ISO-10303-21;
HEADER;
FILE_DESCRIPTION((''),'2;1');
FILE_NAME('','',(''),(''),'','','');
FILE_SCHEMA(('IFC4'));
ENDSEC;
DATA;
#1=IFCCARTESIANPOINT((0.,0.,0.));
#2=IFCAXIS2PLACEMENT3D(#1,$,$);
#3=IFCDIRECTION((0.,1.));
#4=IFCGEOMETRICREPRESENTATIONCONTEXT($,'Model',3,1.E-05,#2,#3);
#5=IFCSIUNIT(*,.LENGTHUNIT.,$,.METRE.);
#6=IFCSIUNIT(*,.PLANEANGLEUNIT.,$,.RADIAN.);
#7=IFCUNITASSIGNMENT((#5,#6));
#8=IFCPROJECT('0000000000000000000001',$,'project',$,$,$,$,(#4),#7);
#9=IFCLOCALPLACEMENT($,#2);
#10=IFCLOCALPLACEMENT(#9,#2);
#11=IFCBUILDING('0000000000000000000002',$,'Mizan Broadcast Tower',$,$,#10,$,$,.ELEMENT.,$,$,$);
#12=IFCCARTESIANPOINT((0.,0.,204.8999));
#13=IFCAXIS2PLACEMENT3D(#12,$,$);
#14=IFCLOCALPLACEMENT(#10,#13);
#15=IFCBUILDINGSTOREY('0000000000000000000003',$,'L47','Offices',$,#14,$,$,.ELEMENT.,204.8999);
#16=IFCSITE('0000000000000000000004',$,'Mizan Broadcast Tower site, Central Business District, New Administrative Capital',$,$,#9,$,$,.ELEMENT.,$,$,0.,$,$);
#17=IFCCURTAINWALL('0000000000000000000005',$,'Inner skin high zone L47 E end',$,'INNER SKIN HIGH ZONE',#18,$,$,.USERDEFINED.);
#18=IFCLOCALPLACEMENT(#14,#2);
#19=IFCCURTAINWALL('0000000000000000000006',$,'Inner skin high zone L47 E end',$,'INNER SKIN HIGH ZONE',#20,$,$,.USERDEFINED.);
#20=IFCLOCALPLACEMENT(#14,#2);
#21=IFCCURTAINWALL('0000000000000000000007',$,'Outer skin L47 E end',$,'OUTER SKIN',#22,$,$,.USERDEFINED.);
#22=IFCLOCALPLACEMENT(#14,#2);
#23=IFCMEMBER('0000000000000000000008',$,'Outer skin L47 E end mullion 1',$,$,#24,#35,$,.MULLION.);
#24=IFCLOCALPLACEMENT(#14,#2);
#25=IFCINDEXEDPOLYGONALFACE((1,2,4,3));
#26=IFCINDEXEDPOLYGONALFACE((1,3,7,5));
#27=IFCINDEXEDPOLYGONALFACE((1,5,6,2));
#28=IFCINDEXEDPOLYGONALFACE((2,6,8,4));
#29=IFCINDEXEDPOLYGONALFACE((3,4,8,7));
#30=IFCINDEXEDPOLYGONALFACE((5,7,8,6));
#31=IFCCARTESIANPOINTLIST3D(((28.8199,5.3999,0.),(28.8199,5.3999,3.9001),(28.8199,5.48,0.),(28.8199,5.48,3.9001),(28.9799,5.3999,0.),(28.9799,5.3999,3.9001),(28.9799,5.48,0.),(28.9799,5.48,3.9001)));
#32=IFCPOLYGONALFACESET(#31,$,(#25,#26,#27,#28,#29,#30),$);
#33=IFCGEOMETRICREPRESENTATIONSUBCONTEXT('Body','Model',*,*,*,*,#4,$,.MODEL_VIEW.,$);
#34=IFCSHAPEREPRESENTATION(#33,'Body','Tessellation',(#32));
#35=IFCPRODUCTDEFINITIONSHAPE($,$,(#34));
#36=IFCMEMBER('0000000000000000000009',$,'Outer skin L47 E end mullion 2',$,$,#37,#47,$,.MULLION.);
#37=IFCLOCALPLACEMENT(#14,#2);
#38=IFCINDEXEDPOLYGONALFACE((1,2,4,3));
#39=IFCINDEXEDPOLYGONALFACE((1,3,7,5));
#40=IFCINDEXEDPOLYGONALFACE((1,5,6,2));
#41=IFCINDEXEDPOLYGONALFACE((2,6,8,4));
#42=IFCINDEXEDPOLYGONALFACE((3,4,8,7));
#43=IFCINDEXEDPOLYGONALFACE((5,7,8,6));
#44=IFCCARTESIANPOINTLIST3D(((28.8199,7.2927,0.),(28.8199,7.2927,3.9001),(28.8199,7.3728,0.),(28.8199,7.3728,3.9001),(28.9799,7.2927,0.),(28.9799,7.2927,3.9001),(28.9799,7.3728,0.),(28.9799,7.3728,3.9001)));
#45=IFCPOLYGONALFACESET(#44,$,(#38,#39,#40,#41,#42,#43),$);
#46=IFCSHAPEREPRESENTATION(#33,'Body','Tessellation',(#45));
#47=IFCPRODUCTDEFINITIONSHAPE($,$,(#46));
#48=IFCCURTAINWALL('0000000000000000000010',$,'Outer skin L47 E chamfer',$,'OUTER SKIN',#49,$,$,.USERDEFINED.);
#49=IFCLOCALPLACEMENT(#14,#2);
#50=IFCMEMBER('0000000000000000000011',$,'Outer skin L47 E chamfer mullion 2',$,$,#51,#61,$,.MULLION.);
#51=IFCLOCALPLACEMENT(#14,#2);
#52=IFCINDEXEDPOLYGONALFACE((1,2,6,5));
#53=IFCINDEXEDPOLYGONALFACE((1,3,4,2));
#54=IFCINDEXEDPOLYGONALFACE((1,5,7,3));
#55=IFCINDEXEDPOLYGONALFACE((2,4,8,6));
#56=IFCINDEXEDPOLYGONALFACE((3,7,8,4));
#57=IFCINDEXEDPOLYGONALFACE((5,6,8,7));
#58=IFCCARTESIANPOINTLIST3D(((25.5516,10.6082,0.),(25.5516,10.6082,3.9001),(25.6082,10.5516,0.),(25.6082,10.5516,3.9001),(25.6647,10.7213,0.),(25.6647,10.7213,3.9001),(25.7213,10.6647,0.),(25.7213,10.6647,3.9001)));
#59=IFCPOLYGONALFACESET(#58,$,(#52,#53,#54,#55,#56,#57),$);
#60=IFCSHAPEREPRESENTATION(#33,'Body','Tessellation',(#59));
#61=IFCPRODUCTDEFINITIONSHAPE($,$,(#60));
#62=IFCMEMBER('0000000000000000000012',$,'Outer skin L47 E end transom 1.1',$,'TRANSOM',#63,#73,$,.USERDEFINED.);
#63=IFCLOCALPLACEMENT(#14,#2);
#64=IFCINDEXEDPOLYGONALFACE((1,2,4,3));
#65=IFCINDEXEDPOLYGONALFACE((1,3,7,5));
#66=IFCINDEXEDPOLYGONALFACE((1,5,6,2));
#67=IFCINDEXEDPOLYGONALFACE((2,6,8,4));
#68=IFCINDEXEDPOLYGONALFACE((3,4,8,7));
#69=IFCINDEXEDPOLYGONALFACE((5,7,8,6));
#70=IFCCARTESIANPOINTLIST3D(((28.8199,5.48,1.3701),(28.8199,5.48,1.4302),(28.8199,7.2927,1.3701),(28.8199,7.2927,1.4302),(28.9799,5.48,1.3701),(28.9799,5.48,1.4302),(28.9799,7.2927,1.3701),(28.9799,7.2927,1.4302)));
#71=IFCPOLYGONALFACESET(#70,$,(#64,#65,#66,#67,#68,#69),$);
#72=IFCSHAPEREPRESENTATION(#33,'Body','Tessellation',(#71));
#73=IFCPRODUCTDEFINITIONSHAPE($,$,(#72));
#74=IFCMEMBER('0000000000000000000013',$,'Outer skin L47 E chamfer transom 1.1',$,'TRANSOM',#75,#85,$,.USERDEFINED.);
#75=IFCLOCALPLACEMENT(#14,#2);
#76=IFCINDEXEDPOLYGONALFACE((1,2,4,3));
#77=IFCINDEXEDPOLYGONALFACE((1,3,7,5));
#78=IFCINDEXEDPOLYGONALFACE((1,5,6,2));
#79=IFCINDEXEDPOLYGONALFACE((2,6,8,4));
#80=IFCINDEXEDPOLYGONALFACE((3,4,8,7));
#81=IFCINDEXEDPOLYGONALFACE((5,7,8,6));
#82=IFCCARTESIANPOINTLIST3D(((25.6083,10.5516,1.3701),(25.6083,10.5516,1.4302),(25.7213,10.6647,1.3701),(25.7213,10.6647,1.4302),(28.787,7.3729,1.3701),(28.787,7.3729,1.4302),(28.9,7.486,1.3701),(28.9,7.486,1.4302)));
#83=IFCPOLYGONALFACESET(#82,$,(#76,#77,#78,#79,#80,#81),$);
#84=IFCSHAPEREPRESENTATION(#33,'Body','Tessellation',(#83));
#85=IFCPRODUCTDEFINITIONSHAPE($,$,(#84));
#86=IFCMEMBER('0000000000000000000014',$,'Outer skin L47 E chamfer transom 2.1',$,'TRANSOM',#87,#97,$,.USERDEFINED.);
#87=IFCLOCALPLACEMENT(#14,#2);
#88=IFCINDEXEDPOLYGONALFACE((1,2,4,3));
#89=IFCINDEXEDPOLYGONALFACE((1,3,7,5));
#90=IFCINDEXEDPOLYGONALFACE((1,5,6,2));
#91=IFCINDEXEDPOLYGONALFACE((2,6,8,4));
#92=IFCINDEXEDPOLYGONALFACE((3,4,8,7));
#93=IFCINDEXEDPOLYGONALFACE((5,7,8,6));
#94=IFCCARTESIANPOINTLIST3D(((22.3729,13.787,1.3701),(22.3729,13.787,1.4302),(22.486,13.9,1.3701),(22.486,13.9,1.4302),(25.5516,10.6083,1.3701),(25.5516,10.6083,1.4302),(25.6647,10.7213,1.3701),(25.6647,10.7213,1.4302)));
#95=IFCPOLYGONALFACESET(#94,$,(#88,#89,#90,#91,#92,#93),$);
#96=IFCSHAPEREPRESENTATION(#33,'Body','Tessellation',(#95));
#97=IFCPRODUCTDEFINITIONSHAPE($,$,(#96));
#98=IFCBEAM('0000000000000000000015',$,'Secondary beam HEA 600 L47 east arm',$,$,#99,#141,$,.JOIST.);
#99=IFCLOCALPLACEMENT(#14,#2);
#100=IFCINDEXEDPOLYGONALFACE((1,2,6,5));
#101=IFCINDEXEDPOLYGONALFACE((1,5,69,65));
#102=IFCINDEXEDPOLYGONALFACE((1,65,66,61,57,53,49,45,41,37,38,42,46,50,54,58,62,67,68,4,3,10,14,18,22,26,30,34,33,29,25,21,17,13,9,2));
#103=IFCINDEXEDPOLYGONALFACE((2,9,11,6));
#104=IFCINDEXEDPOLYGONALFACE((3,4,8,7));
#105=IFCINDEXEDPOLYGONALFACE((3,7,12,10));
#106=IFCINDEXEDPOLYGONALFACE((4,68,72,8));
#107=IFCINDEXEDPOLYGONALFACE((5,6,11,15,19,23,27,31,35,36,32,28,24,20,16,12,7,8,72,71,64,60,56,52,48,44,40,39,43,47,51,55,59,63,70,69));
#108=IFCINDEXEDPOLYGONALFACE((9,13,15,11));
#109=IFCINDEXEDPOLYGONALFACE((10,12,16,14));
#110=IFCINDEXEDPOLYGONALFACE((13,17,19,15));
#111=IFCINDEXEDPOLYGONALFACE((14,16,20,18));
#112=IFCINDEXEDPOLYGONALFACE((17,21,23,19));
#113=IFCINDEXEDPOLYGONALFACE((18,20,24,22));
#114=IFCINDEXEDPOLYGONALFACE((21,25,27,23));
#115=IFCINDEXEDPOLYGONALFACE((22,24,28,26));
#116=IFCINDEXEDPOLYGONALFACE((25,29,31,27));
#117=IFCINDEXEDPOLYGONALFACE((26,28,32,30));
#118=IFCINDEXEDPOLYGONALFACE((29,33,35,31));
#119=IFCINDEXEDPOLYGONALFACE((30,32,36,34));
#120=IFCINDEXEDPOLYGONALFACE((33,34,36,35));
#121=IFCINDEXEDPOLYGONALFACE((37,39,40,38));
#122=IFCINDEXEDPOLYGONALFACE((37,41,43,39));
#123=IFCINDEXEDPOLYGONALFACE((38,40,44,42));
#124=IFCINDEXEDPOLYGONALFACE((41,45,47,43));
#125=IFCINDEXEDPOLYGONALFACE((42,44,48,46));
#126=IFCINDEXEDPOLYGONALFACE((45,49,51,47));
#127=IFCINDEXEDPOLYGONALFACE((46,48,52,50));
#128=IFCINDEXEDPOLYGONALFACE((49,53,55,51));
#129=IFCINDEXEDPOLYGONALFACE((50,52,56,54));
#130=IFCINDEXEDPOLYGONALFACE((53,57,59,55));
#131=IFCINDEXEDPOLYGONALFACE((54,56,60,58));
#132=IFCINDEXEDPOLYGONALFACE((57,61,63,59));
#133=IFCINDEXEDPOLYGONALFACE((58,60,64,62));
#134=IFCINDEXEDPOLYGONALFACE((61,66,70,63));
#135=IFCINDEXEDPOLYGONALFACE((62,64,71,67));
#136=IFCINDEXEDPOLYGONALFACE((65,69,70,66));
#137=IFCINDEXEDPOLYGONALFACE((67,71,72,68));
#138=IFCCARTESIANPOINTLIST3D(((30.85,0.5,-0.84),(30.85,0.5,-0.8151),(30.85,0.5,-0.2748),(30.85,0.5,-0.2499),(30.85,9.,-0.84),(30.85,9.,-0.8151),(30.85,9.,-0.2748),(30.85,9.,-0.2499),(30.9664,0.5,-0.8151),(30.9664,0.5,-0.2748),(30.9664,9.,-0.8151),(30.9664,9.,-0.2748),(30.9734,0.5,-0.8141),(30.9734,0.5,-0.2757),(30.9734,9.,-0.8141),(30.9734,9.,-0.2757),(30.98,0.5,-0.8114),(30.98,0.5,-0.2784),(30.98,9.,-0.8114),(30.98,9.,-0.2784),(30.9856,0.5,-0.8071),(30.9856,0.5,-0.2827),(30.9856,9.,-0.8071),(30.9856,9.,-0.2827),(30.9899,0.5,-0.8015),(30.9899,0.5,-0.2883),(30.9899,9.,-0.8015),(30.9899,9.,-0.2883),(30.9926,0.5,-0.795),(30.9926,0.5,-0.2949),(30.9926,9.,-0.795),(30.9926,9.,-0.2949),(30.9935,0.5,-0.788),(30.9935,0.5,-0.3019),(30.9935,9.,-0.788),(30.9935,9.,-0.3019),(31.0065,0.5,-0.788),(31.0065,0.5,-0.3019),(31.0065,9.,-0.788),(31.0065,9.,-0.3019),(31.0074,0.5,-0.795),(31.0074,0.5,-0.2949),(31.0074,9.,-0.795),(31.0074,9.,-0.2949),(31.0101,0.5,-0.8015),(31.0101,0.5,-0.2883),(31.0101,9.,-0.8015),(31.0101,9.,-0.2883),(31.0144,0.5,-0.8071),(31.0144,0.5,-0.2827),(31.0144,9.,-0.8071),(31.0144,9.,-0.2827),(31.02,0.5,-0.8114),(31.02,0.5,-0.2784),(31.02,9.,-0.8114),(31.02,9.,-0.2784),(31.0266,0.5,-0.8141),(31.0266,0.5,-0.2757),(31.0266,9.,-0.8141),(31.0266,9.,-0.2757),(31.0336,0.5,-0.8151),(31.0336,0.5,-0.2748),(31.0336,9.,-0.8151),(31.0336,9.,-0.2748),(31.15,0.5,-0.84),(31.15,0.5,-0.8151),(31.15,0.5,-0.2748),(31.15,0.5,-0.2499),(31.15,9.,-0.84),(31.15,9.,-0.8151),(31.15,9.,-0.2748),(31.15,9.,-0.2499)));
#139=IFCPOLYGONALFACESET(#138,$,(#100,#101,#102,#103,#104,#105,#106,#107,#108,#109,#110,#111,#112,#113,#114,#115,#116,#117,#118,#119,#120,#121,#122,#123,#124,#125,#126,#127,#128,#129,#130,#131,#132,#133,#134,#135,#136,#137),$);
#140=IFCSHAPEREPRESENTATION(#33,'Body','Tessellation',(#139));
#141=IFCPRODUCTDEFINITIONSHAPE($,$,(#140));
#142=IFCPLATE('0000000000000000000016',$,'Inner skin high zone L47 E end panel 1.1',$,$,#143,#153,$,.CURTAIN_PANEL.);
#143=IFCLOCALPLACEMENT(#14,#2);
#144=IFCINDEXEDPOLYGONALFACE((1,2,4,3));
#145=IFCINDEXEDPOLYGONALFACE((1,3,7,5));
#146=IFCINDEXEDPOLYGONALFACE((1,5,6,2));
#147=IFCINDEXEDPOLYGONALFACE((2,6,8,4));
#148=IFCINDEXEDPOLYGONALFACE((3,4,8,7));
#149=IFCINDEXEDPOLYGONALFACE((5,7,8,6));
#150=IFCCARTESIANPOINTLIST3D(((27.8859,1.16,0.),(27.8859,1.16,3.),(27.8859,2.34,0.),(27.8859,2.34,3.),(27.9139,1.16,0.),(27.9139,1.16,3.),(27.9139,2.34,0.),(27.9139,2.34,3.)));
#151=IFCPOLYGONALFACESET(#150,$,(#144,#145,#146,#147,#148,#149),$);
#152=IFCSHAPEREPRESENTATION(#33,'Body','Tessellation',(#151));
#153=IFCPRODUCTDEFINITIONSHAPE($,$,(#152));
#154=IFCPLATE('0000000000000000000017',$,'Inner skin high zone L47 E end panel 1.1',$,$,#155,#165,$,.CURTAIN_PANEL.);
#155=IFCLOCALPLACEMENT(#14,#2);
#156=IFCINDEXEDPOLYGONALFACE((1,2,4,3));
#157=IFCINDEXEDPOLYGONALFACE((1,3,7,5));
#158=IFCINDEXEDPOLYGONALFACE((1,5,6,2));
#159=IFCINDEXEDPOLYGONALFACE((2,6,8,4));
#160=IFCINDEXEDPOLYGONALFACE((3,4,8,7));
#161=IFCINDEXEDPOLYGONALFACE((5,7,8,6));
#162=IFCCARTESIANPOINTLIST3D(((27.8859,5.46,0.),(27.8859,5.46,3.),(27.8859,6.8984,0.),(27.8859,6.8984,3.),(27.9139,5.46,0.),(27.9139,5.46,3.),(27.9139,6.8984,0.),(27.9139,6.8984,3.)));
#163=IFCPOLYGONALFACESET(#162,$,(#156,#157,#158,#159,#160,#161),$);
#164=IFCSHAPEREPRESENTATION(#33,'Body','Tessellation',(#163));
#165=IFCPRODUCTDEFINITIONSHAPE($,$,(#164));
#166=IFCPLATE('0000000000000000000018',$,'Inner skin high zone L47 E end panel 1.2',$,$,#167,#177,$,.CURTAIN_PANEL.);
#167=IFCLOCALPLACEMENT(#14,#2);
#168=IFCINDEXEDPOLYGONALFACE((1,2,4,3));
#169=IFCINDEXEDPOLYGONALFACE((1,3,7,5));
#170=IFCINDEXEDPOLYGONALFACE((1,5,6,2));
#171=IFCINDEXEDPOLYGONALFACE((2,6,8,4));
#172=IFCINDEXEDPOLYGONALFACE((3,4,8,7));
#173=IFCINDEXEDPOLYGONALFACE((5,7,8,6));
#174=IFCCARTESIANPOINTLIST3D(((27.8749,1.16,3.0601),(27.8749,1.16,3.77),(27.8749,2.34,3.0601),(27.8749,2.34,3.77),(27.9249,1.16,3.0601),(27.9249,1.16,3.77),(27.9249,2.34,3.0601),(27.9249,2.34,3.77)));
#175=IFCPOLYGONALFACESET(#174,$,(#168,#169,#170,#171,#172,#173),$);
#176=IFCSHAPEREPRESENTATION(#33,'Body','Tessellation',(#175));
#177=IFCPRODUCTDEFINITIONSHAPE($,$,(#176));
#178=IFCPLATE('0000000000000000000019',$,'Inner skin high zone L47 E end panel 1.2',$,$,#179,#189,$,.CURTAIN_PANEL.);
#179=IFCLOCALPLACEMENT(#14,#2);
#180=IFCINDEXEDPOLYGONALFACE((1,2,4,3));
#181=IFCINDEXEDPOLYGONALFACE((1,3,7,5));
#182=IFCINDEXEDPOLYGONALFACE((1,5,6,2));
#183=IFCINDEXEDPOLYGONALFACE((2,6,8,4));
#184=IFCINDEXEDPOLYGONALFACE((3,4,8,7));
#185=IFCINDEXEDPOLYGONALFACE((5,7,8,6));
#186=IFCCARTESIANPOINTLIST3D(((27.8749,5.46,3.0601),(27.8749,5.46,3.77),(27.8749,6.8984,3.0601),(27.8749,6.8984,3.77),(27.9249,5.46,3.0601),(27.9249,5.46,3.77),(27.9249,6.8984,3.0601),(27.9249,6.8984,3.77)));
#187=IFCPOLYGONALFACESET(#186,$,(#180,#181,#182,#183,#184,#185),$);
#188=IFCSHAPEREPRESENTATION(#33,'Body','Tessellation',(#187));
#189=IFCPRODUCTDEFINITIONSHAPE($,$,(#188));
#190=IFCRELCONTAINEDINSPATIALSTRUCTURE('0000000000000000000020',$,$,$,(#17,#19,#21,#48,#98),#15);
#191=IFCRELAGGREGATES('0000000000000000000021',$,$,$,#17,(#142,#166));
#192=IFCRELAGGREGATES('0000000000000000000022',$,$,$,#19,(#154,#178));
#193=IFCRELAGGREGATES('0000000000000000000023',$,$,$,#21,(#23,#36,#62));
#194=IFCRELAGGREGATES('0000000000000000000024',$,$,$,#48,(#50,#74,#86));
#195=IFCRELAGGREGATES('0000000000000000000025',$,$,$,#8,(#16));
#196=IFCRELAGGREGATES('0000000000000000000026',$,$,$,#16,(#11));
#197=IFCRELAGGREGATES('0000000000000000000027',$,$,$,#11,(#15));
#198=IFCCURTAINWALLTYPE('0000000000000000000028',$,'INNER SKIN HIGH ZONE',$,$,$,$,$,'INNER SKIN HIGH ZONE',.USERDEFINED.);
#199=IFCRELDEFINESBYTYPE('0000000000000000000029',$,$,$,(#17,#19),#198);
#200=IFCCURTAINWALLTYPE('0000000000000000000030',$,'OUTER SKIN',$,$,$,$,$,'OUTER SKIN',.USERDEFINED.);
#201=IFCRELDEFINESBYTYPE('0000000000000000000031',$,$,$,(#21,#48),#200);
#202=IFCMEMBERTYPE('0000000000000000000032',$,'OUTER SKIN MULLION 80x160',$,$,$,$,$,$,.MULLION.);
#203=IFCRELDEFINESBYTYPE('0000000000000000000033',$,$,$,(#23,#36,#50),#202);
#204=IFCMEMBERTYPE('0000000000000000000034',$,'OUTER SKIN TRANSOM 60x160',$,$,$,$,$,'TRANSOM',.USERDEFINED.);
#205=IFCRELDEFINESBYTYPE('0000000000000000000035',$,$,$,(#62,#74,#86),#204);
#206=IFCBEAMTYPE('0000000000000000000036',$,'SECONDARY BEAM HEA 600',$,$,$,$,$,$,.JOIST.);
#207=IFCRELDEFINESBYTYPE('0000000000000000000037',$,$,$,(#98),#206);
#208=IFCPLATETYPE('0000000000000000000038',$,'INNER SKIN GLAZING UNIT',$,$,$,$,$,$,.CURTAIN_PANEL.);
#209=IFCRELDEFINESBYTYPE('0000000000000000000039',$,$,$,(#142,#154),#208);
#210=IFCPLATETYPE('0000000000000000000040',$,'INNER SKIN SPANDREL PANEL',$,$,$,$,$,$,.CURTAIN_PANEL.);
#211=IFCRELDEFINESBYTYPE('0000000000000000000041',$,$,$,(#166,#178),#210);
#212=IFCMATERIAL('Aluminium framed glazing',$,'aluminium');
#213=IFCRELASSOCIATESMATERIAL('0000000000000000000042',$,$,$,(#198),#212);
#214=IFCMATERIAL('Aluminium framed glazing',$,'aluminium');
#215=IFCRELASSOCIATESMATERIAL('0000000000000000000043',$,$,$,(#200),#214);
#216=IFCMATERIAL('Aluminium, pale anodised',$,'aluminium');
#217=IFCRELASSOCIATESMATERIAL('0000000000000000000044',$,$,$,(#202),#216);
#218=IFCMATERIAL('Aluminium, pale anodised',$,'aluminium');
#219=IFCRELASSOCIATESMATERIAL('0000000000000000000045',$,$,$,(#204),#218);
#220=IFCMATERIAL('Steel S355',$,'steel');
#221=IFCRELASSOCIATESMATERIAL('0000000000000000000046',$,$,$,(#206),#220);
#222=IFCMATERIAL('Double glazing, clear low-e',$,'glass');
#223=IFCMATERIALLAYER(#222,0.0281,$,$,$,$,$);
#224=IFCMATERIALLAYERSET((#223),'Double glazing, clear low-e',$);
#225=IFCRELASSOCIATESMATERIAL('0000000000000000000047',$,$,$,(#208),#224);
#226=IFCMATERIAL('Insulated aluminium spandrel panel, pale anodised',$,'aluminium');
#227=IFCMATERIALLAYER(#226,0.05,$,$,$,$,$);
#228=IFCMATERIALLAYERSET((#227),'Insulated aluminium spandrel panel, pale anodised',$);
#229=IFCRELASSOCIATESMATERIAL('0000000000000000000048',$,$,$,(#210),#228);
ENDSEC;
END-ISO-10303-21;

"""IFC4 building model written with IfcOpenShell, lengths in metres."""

from ifc_helpers import new_model, si_unit, direction, frame, origin, origin_2d, place, context, subcontext, project, spatial, rectangle, i_section, extrude, material, layer, layer_set, material_profile, profile_set, type_object, element, aggregate, save


model = new_model("IFC4")

# Units and contexts
model_context = context("Model", 3, precision=1e-05, world=origin(), true_north=direction((0.0, 1.0)))
body_context = subcontext(model_context, "Body", "Model", "MODEL_VIEW")
ifc_project = project(units=[si_unit("LENGTHUNIT", "METRE"), si_unit("PLANEANGLEUNIT", "RADIAN")], contexts=[model_context])

# Site, building, storey
site_placement = place(None, origin())
site = spatial("IfcSite", under=ifc_project, at=site_placement, Name="Mizan Broadcast Tower site, Central Business District, New Administrative Capital", CompositionType="ELEMENT", RefElevation=0.0)
building_placement = place(site_placement, origin())
building = spatial("IfcBuilding", under=site, at=building_placement, Name="Mizan Broadcast Tower", CompositionType="ELEMENT")
storey_placement = place(building_placement, frame((0.0, 0.0, 204.8999)))
storey = spatial("IfcBuildingStorey", under=building, at=storey_placement, Name="L47", Description="Offices", CompositionType="ELEMENT", Elevation=204.8999)

# Curtain walls
ifc_material_1 = material(Name="Aluminium framed glazing", Category="aluminium")
curtain_wall_type_1 = type_object("IfcCurtainWallType", Name="INNER SKIN HIGH ZONE", ElementType="INNER SKIN HIGH ZONE", PredefinedType="USERDEFINED", material=ifc_material_1)
curtain_wall_1_placement = place(storey_placement, origin())
curtain_wall_1 = element("IfcCurtainWall", 1, at=curtain_wall_1_placement, inside=storey, type_object=curtain_wall_type_1, Name="Inner skin high zone L47 E end", ObjectType="INNER SKIN HIGH ZONE", PredefinedType="USERDEFINED")
curtain_wall_2_placement = place(storey_placement, origin())
curtain_wall_2 = element("IfcCurtainWall", 2, at=curtain_wall_2_placement, inside=storey, type_object=curtain_wall_type_1, Name="Inner skin high zone L47 E end", ObjectType="INNER SKIN HIGH ZONE", PredefinedType="USERDEFINED")

# Shared definitions
ifc_material_2 = material(Name="Aluminium framed glazing", Category="aluminium")
curtain_wall_type_2 = type_object("IfcCurtainWallType", Name="OUTER SKIN", ElementType="OUTER SKIN", PredefinedType="USERDEFINED", material=ifc_material_2)
ifc_material_3 = material(Name="Aluminium, pale anodised", Category="aluminium")
ifc_material_profile_1 = material_profile(ifc_material_3, rectangle(XDim=0.1599, YDim=0.0801, at=origin_2d()), Name="MULLION 160x80")
ifc_profile_set_1 = profile_set([ifc_material_profile_1], Name="Aluminium, pale anodised")
member_type_1 = type_object("IfcMemberType", Name="OUTER SKIN MULLION 80x160", PredefinedType="MULLION", material=ifc_profile_set_1)

# Curtain wall, members
curtain_wall_3_placement = place(storey_placement, origin())
curtain_wall_3 = element("IfcCurtainWall", 3, at=curtain_wall_3_placement, inside=storey, type_object=curtain_wall_type_2, Name="Outer skin L47 E end", ObjectType="OUTER SKIN", PredefinedType="USERDEFINED")
member_1_placement = place(storey_placement, frame((28.8999, 5.4399, 0.0), z_axis=(0.0, 0.0, 1.0), x_axis=(-1.0, 0.0, 0.0)))
member_1 = element("IfcMember", 4, at=member_1_placement, type_object=member_type_1, Name="Outer skin L47 E end mullion 1", PredefinedType="MULLION", context=body_context, shape_type="SweptSolid", body=[
    extrude(rectangle(XDim=0.1599, YDim=0.0801, at=origin_2d()), origin(), (0.0, 0.0, 1.0), 3.9001),
])
member_2_placement = place(storey_placement, frame((28.8999, 7.3328, 0.0), z_axis=(0.0, 0.0, 1.0), x_axis=(-1.0, 0.0, 0.0)))
member_2 = element("IfcMember", 5, at=member_2_placement, type_object=member_type_1, Name="Outer skin L47 E end mullion 2", PredefinedType="MULLION", context=body_context, shape_type="SweptSolid", body=[
    extrude(rectangle(XDim=0.1599, YDim=0.0801, at=origin_2d()), origin(), (0.0, 0.0, 1.0), 3.9001),
])

# Curtain wall, member
curtain_wall_4_placement = place(storey_placement, origin())
curtain_wall_4 = element("IfcCurtainWall", 6, at=curtain_wall_4_placement, inside=storey, type_object=curtain_wall_type_2, Name="Outer skin L47 E chamfer", ObjectType="OUTER SKIN", PredefinedType="USERDEFINED")
member_3_placement = place(storey_placement, frame((25.6365, 10.6365, 0.0), z_axis=(0.0, 0.0, 1.0), x_axis=(-0.707107, -0.707107, 0.0)))
member_3 = element("IfcMember", 7, at=member_3_placement, type_object=member_type_1, Name="Outer skin L47 E chamfer mullion 2", PredefinedType="MULLION", context=body_context, shape_type="SweptSolid", body=[
    extrude(rectangle(XDim=0.1599, YDim=0.0801, at=origin_2d()), origin(), (0.0, 0.0, 1.0), 3.9001),
])

# Members
ifc_material_4 = material(Name="Aluminium, pale anodised", Category="aluminium")
ifc_material_profile_2 = material_profile(ifc_material_4, rectangle(XDim=0.1599, YDim=0.0601, at=origin_2d()), Name="TRANSOM 160x60")
ifc_profile_set_2 = profile_set([ifc_material_profile_2], Name="Aluminium, pale anodised")
member_type_2 = type_object("IfcMemberType", Name="OUTER SKIN TRANSOM 60x160", ElementType="TRANSOM", PredefinedType="USERDEFINED", material=ifc_profile_set_2)
member_4_placement = place(storey_placement, frame((28.8999, 5.48, 1.4001), z_axis=(0.0, 1.0, 0.0), x_axis=(-1.0, 0.0, 0.0)))
member_4 = element("IfcMember", 8, at=member_4_placement, type_object=member_type_2, Name="Outer skin L47 E end transom 1.1", ObjectType="TRANSOM", PredefinedType="USERDEFINED", context=body_context, shape_type="SweptSolid", body=[
    extrude(rectangle(XDim=0.1599, YDim=0.0601, at=origin_2d()), origin(), (0.0, 0.0, 1.0), 1.8127),
])
member_5_placement = place(storey_placement, frame((28.8435, 7.4294, 1.4001), z_axis=(-0.707107, 0.707107, 0.0), x_axis=(-0.707107, -0.707107, 0.0)))
member_5 = element("IfcMember", 9, at=member_5_placement, type_object=member_type_2, Name="Outer skin L47 E chamfer transom 1.1", ObjectType="TRANSOM", PredefinedType="USERDEFINED", context=body_context, shape_type="SweptSolid", body=[
    extrude(rectangle(XDim=0.1599, YDim=0.0601, at=origin_2d()), origin(), (0.0, 0.0, 1.0), 4.4954),
])
member_6_placement = place(storey_placement, frame((25.6082, 10.6648, 1.4001), z_axis=(-0.707107, 0.707107, 0.0), x_axis=(-0.707107, -0.707107, 0.0)))
member_6 = element("IfcMember", 10, at=member_6_placement, type_object=member_type_2, Name="Outer skin L47 E chamfer transom 2.1", ObjectType="TRANSOM", PredefinedType="USERDEFINED", context=body_context, shape_type="SweptSolid", body=[
    extrude(rectangle(XDim=0.1599, YDim=0.0601, at=origin_2d()), origin(), (0.0, 0.0, 1.0), 4.4954),
])

# Beam
ifc_material_5 = material(Name="Steel S355", Category="steel")
ifc_material_profile_3 = material_profile(ifc_material_5, i_section(OverallWidth=0.3, OverallDepth=0.5901, WebThickness=0.0129, FlangeThickness=0.0249, FilletRadius=0.0271, at=origin_2d()), Name="HEA 600")
ifc_profile_set_3 = profile_set([ifc_material_profile_3], Name="Steel S355")
beam_type_1 = type_object("IfcBeamType", Name="SECONDARY BEAM HEA 600", PredefinedType="JOIST", material=ifc_profile_set_3)
beam_1_placement = place(storey_placement, frame((31.0, 9.0, -0.5449), z_axis=(0.0, -1.0, 0.0), x_axis=(1.0, 0.0, 0.0)))
element("IfcBeam", 11, at=beam_1_placement, inside=storey, type_object=beam_type_1, Name="Secondary beam HEA 600 L47 east arm", PredefinedType="JOIST", context=body_context, shape_type="SweptSolid", body=[
    extrude(i_section(OverallWidth=0.3, OverallDepth=0.5901, WebThickness=0.0129, FlangeThickness=0.0249, FilletRadius=0.0271, at=origin_2d()), origin(), (0.0, 0.0, 1.0), 8.5),
])

# Plates
ifc_material_6 = material(Name="Double glazing, clear low-e", Category="glass")
ifc_layer_1 = layer(ifc_material_6, 0.0281)
ifc_layer_set_1 = layer_set([ifc_layer_1], Name="Double glazing, clear low-e")
plate_type_1 = type_object("IfcPlateType", Name="INNER SKIN GLAZING UNIT", PredefinedType="CURTAIN_PANEL", material=ifc_layer_set_1)
plate_1_placement = place(storey_placement, frame((27.8999, 1.75, 0.0), z_axis=(0.0, 0.0, 1.0), x_axis=(0.0, 1.0, 0.0)))
plate_1 = element("IfcPlate", 12, at=plate_1_placement, type_object=plate_type_1, Name="Inner skin high zone L47 E end panel 1.1", PredefinedType="CURTAIN_PANEL", context=body_context, shape_type="SweptSolid", body=[
    extrude(rectangle(XDim=1.1799, YDim=0.0281, at=origin_2d()), origin(), (0.0, 0.0, 1.0), 3.0),
])
plate_2_placement = place(storey_placement, frame((27.8999, 6.1792, 0.0), z_axis=(0.0, 0.0, 1.0), x_axis=(0.0, 1.0, 0.0)))
plate_2 = element("IfcPlate", 13, at=plate_2_placement, type_object=plate_type_1, Name="Inner skin high zone L47 E end panel 1.1", PredefinedType="CURTAIN_PANEL", context=body_context, shape_type="SweptSolid", body=[
    extrude(rectangle(XDim=1.4385, YDim=0.0281, at=origin_2d()), origin(), (0.0, 0.0, 1.0), 3.0),
])
ifc_material_7 = material(Name="Insulated aluminium spandrel panel, pale anodised", Category="aluminium")
ifc_layer_2 = layer(ifc_material_7, 0.05)
ifc_layer_set_2 = layer_set([ifc_layer_2], Name="Insulated aluminium spandrel panel, pale anodised")
plate_type_2 = type_object("IfcPlateType", Name="INNER SKIN SPANDREL PANEL", PredefinedType="CURTAIN_PANEL", material=ifc_layer_set_2)
plate_3_placement = place(storey_placement, frame((27.8999, 1.75, 3.0601), z_axis=(0.0, 0.0, 1.0), x_axis=(0.0, 1.0, 0.0)))
plate_3 = element("IfcPlate", 14, at=plate_3_placement, type_object=plate_type_2, Name="Inner skin high zone L47 E end panel 1.2", PredefinedType="CURTAIN_PANEL", context=body_context, shape_type="SweptSolid", body=[
    extrude(rectangle(XDim=1.1799, YDim=0.05, at=origin_2d()), origin(), (0.0, 0.0, 1.0), 0.71),
])
aggregate(curtain_wall_1, [plate_1, plate_3])
plate_4_placement = place(storey_placement, frame((27.8999, 6.1792, 3.0601), z_axis=(0.0, 0.0, 1.0), x_axis=(0.0, 1.0, 0.0)))
plate_4 = element("IfcPlate", 15, at=plate_4_placement, type_object=plate_type_2, Name="Inner skin high zone L47 E end panel 1.2", PredefinedType="CURTAIN_PANEL", context=body_context, shape_type="SweptSolid", body=[
    extrude(rectangle(XDim=1.4385, YDim=0.05, at=origin_2d()), origin(), (0.0, 0.0, 1.0), 0.71),
])
aggregate(curtain_wall_2, [plate_2, plate_4])
aggregate(curtain_wall_3, [member_1, member_2, member_4])
aggregate(curtain_wall_4, [member_3, member_5, member_6])

save(model, "model.ifc")
